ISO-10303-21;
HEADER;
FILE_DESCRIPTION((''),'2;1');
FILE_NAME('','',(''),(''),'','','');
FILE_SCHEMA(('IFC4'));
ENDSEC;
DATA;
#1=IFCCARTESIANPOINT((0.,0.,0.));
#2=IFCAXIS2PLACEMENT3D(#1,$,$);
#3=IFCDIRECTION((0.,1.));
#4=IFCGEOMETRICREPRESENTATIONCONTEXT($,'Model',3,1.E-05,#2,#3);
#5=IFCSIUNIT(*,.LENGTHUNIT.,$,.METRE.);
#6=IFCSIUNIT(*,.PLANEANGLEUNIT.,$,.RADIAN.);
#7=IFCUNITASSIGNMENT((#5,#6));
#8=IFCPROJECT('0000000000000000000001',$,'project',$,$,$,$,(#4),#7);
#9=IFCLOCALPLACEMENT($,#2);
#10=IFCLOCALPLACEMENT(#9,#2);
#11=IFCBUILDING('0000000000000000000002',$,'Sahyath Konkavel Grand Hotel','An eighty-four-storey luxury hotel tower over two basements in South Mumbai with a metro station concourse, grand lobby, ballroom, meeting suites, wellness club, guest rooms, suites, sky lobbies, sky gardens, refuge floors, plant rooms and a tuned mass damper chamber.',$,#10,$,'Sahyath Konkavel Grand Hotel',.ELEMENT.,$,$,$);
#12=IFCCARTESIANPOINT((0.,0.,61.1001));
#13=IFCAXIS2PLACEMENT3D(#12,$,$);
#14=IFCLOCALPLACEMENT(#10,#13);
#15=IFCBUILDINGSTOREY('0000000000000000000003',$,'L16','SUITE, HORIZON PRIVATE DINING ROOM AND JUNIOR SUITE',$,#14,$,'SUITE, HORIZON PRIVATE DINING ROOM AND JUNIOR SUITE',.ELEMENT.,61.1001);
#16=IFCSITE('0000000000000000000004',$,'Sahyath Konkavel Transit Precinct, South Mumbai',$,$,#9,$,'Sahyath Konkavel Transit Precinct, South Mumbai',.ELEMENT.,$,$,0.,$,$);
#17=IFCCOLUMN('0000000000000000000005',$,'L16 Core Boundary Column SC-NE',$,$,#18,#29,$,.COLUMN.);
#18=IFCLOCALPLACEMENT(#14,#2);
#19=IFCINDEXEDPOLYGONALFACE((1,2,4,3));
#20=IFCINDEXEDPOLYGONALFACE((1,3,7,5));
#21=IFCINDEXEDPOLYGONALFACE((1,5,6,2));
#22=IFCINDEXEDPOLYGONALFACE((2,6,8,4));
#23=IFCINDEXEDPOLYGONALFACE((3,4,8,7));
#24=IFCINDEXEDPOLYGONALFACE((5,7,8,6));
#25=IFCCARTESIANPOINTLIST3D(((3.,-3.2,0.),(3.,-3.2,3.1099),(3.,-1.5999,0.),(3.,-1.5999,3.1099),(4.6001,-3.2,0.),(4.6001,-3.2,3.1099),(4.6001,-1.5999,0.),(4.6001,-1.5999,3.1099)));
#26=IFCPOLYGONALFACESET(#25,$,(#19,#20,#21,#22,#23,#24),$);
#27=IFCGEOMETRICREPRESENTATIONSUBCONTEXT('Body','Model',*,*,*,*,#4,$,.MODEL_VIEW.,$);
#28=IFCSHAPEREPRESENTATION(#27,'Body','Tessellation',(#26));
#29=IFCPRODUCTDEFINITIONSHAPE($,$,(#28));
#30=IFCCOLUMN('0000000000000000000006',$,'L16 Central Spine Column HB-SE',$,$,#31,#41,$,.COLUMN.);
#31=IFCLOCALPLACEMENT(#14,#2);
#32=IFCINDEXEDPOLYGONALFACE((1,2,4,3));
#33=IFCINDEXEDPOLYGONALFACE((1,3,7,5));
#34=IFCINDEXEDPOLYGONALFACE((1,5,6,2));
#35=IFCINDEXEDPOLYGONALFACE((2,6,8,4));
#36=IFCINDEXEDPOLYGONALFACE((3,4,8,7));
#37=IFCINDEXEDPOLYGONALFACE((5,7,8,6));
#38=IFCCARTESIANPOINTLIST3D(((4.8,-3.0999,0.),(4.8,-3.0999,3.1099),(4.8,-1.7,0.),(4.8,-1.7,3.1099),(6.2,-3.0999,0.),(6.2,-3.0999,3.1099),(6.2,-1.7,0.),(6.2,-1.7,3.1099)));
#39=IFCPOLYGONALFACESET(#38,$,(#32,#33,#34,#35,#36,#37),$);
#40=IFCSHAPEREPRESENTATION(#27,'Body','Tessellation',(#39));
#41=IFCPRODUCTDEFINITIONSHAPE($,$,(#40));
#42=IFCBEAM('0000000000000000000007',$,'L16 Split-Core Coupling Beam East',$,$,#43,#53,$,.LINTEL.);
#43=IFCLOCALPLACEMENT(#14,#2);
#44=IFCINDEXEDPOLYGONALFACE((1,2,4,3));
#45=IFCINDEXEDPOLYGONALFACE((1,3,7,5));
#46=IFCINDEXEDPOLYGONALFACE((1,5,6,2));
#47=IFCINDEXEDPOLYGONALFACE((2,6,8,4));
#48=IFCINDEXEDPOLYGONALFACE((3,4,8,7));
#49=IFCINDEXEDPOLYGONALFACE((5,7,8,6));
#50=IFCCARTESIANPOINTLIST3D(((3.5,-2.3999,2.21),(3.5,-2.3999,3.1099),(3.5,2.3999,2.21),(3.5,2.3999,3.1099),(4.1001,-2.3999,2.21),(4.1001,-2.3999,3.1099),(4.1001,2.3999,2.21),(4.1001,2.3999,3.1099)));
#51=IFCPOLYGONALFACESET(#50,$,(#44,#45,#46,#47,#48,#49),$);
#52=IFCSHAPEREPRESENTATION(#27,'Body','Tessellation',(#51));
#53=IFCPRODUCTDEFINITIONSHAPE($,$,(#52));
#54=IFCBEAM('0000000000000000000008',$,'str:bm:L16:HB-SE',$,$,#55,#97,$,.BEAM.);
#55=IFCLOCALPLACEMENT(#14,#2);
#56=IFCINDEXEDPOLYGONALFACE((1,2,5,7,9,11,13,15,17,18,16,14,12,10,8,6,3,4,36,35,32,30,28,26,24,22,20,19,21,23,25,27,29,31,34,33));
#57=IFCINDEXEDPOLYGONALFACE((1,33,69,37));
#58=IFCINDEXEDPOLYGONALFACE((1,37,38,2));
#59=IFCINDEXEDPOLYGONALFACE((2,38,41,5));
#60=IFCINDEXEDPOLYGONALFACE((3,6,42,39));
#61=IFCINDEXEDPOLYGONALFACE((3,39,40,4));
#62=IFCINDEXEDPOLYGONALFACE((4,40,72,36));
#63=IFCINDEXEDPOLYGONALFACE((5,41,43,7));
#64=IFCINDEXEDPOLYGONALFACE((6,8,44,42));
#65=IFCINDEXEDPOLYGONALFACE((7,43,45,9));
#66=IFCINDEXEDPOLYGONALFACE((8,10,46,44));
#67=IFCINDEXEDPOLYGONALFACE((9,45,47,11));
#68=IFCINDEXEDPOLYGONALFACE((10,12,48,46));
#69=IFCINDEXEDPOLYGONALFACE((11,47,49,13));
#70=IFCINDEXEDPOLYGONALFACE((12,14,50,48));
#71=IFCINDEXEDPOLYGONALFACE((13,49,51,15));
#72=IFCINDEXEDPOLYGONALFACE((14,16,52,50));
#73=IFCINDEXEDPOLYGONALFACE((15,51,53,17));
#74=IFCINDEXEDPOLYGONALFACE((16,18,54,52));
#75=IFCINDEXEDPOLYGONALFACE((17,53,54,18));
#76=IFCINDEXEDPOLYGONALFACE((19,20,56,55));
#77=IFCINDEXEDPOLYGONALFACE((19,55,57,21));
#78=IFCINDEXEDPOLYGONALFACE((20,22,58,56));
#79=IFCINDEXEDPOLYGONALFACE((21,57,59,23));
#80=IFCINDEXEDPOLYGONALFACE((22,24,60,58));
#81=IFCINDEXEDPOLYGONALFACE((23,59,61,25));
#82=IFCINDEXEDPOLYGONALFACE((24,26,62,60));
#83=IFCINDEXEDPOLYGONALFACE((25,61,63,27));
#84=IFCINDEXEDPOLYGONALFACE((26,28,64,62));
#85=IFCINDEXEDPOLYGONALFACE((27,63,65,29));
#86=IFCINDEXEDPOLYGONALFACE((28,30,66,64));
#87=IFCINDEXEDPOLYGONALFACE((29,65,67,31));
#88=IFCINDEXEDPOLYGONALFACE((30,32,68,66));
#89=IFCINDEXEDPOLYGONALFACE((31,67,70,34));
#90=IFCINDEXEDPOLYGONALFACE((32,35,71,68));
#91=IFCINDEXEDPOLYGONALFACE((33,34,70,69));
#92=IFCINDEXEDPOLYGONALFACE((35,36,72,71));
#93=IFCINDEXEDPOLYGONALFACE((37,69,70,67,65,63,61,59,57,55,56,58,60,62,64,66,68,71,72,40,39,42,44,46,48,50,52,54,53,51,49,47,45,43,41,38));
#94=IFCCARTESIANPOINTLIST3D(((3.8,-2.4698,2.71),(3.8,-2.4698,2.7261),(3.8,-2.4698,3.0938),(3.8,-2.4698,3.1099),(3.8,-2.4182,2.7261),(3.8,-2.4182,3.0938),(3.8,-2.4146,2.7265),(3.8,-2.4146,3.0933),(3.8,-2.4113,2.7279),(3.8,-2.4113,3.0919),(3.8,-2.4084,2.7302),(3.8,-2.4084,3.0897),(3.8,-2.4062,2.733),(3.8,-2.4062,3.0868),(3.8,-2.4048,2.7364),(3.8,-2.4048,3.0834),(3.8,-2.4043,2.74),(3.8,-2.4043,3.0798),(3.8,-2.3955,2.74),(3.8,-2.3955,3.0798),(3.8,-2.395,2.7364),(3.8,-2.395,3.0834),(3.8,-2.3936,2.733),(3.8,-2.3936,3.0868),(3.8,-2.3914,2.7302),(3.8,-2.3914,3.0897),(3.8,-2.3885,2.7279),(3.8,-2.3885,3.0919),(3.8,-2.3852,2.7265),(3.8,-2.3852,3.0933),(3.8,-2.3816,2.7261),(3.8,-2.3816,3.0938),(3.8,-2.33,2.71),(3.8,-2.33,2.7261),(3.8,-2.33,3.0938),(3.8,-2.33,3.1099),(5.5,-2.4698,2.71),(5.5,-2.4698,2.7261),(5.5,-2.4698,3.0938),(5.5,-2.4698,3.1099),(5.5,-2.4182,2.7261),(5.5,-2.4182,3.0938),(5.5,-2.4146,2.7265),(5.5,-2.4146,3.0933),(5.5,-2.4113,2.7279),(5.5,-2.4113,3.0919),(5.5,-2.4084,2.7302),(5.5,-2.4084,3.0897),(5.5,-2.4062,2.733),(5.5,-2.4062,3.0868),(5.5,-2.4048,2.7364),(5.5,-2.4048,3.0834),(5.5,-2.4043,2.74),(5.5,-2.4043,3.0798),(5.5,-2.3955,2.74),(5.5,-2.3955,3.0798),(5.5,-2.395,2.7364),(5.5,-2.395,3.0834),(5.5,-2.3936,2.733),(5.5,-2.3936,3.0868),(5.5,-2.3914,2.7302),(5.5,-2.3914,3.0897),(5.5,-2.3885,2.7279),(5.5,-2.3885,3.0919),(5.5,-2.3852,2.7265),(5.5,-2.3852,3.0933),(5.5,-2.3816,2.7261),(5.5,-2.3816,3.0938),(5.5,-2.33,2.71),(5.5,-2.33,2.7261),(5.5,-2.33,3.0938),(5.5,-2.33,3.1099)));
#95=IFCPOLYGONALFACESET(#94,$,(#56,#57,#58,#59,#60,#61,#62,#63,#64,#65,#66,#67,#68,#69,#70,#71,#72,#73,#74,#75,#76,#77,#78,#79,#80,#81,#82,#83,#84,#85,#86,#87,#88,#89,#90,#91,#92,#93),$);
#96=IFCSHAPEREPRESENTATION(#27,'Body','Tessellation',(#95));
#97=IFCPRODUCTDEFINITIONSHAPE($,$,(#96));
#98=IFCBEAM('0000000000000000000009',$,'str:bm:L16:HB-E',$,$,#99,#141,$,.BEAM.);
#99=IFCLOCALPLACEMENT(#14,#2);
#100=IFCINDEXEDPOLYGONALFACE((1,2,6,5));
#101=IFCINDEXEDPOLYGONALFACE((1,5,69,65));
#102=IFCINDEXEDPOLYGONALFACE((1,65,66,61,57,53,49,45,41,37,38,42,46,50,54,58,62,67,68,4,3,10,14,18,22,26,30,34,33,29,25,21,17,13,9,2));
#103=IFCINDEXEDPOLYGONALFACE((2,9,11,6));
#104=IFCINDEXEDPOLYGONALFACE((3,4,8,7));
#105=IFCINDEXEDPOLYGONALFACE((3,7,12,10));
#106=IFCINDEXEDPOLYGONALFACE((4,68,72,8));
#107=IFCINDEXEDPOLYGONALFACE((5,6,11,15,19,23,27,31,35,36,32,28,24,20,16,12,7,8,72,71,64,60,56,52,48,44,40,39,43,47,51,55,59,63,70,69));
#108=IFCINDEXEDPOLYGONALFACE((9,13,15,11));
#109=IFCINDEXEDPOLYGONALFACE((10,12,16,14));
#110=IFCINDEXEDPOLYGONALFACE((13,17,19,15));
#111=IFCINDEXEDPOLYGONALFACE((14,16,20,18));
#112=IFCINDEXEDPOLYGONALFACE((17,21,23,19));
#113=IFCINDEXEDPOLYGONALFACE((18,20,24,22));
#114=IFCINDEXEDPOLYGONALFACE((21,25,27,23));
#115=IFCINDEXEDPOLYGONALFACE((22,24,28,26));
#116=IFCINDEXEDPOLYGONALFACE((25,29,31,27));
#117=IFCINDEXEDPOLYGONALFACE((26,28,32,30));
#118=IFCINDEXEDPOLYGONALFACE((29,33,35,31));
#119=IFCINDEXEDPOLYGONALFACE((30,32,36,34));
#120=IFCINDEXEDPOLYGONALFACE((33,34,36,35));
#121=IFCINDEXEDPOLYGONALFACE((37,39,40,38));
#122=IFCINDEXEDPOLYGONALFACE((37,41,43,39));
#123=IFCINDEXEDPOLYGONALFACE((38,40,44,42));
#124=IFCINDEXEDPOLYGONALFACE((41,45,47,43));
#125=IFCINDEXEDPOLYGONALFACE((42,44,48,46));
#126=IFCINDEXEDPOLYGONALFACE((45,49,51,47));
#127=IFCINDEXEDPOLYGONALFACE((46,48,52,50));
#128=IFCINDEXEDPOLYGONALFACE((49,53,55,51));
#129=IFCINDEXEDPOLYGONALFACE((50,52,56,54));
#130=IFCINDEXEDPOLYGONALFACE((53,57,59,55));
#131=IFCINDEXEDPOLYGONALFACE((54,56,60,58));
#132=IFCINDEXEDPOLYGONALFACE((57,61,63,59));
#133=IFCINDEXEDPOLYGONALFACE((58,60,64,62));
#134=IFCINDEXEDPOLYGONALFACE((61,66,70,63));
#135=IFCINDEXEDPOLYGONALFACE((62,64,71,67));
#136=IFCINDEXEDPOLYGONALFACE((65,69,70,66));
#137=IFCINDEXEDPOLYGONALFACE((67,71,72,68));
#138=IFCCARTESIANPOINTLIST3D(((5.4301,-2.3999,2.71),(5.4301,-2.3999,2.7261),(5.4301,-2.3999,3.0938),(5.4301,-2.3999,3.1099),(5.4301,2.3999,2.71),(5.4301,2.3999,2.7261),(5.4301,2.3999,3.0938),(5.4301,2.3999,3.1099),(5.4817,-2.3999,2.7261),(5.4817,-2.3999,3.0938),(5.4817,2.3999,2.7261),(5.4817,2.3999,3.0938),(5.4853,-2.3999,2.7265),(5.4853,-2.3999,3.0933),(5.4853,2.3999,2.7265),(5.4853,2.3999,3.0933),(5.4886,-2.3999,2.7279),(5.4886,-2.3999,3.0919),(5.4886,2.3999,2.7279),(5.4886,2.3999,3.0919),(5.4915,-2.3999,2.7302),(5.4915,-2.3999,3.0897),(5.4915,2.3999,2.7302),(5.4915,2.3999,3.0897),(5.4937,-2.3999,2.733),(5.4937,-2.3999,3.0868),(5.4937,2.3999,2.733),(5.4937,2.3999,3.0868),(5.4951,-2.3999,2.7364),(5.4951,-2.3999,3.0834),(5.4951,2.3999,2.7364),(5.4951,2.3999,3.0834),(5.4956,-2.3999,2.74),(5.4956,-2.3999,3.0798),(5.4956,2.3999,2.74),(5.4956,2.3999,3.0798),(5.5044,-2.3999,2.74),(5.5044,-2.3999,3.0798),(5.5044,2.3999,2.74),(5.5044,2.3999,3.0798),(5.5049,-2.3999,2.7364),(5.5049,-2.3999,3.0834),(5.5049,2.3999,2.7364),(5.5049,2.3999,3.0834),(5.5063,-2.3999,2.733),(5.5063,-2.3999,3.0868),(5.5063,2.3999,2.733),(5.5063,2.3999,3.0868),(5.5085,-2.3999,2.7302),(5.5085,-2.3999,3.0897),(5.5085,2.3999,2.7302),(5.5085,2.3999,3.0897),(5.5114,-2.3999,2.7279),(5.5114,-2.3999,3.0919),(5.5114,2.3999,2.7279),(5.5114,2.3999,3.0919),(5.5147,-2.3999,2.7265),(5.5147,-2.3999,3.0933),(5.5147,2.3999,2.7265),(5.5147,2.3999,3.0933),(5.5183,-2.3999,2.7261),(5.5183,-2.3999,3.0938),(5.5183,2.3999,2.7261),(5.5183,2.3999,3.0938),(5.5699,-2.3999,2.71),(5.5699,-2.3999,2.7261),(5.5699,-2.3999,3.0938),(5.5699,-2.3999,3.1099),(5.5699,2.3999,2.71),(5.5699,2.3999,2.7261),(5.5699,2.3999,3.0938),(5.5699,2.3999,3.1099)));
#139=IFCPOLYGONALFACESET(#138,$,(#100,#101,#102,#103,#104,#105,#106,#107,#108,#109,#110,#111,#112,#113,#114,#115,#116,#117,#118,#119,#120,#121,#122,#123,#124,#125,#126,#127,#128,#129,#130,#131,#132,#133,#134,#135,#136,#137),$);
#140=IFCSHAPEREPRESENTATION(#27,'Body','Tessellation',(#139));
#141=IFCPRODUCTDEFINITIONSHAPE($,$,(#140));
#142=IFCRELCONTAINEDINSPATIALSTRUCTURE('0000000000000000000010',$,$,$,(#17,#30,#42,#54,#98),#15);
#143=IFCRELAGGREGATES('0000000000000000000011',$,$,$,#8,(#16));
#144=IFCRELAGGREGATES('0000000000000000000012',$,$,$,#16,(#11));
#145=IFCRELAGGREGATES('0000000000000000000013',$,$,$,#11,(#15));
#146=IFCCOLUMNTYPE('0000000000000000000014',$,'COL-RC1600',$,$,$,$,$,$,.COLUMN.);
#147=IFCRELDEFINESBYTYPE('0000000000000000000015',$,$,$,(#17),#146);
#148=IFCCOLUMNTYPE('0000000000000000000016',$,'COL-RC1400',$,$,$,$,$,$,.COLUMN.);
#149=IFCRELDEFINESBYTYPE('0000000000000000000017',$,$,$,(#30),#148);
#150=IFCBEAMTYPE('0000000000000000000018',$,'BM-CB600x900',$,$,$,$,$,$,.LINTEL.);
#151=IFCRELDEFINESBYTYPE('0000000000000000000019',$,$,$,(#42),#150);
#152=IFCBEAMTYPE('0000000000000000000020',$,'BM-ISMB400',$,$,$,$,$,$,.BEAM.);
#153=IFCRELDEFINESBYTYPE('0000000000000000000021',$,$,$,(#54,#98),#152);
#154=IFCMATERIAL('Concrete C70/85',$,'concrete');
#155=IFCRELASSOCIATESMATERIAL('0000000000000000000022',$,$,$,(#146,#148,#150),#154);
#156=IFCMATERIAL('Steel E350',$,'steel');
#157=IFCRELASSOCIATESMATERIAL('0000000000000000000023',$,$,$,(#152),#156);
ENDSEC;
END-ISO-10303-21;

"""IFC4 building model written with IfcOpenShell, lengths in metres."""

from ifc_helpers import new_model, si_unit, direction, frame, origin, origin_2d, place, context, subcontext, project, spatial, rectangle, i_section, extrude, source, transform, mapped, material, material_profile, profile_set, type_object, element, save


model = new_model("IFC4")

# Units and contexts
model_context = context("Model", 3, precision=1e-05, world=origin(), true_north=direction((0.0, 1.0)))
body_context = subcontext(model_context, "Body", "Model", "MODEL_VIEW")
ifc_project = project(units=[si_unit("LENGTHUNIT", "METRE"), si_unit("PLANEANGLEUNIT", "RADIAN")], contexts=[model_context])

# Site, building, storey
site_placement = place(None, origin())
site = spatial("IfcSite", under=ifc_project, at=site_placement, Name="Sahyath Konkavel Transit Precinct, South Mumbai", LongName="Sahyath Konkavel Transit Precinct, South Mumbai", CompositionType="ELEMENT", RefElevation=0.0)
building_placement = place(site_placement, origin())
building = spatial("IfcBuilding", under=site, at=building_placement, Name="Sahyath Konkavel Grand Hotel", Description="An eighty-four-storey luxury hotel tower over two basements in South Mumbai with a metro station concourse, grand lobby, ballroom, meeting suites, wellness club, guest rooms, suites, sky lobbies, sky gardens, refuge floors, plant rooms and a tuned mass damper chamber.", LongName="Sahyath Konkavel Grand Hotel", CompositionType="ELEMENT")
storey_placement = place(building_placement, frame((0.0, 0.0, 61.1001)))
storey = spatial("IfcBuildingStorey", under=building, at=storey_placement, Name="L16", Description="SUITE, HORIZON PRIVATE DINING ROOM AND JUNIOR SUITE", LongName="SUITE, HORIZON PRIVATE DINING ROOM AND JUNIOR SUITE", CompositionType="ELEMENT", Elevation=61.1001)

# Columns
ifc_material_1 = material(Name="Concrete C70/85", Category="concrete")
ifc_material_profile_1 = material_profile(ifc_material_1, rectangle(XDim=1.6001, YDim=1.6001, at=origin_2d()), Name="RC 1600x1600")
ifc_profile_set_1 = profile_set([ifc_material_profile_1], Name="Concrete C70/85")
column_type_1 = type_object("IfcColumnType", Name="COL-RC1600", PredefinedType="COLUMN", material=ifc_profile_set_1)
shared_shape_1 = source(origin(), body_context, "Body", "SweptSolid", [
    extrude(rectangle(XDim=1.6001, YDim=1.6001, at=origin_2d()), origin(), (0.0, 0.0, 1.0), 3.1099),
])
column_1_placement = place(storey_placement, frame((3.8, -2.3999, 0.0), z_axis=(0.0, 0.0, 1.0), x_axis=(1.0, 0.0, 0.0)))
element("IfcColumn", 1, at=column_1_placement, inside=storey, type_object=column_type_1, Name="L16 Core Boundary Column SC-NE", PredefinedType="COLUMN", context=body_context, shape_type="MappedRepresentation", body=[
    mapped(shared_shape_1, transform((0.0, 0.0, 0.0), scale=1.0)),
])
ifc_material_profile_2 = material_profile(ifc_material_1, rectangle(XDim=1.3999, YDim=1.3999, at=origin_2d()), Name="RC 1400x1400")
ifc_profile_set_2 = profile_set([ifc_material_profile_2], Name="Concrete C70/85")
column_type_2 = type_object("IfcColumnType", Name="COL-RC1400", PredefinedType="COLUMN", material=ifc_profile_set_2)
shared_shape_2 = source(origin(), body_context, "Body", "SweptSolid", [
    extrude(rectangle(XDim=1.3999, YDim=1.3999, at=origin_2d()), origin(), (0.0, 0.0, 1.0), 3.1099),
])
column_2_placement = place(storey_placement, frame((5.5, -2.3999, 0.0), z_axis=(0.0, 0.0, 1.0), x_axis=(1.0, 0.0, 0.0)))
element("IfcColumn", 2, at=column_2_placement, inside=storey, type_object=column_type_2, Name="L16 Central Spine Column HB-SE", PredefinedType="COLUMN", context=body_context, shape_type="MappedRepresentation", body=[
    mapped(shared_shape_2, transform((0.0, 0.0, 0.0), scale=1.0)),
])

# Beams
ifc_material_profile_3 = material_profile(ifc_material_1, rectangle(XDim=0.6001, YDim=0.8999, at=origin_2d()), Name="RC 600x900")
ifc_profile_set_3 = profile_set([ifc_material_profile_3], Name="Concrete C70/85")
beam_type_1 = type_object("IfcBeamType", Name="BM-CB600x900", PredefinedType="LINTEL", material=ifc_profile_set_3)
shared_shape_3 = source(origin(), body_context, "Body", "SweptSolid", [
    extrude(rectangle(XDim=0.6001, YDim=0.8999, at=origin_2d()), origin(), (0.0, 0.0, 1.0), 4.7998),
])
beam_1_placement = place(storey_placement, frame((3.8, -2.3999, 2.6599), z_axis=(0.0, 1.0, 0.0), x_axis=(-1.0, 0.0, 0.0)))
element("IfcBeam", 3, at=beam_1_placement, inside=storey, type_object=beam_type_1, Name="L16 Split-Core Coupling Beam East", PredefinedType="LINTEL", context=body_context, shape_type="MappedRepresentation", body=[
    mapped(shared_shape_3, transform((0.0, 0.0, 0.0), scale=1.0)),
])
ifc_material_2 = material(Name="Steel E350", Category="steel")
ifc_material_profile_4 = material_profile(ifc_material_2, i_section(OverallWidth=0.1399, OverallDepth=0.3999, WebThickness=0.0088, FlangeThickness=0.0161, FilletRadius=0.0139, at=origin_2d()), Name="ISMB 400")
ifc_profile_set_4 = profile_set([ifc_material_profile_4], Name="Steel E350")
beam_type_2 = type_object("IfcBeamType", Name="BM-ISMB400", PredefinedType="BEAM", material=ifc_profile_set_4)
shared_shape_4 = source(origin(), body_context, "Body", "SweptSolid", [
    extrude(i_section(OverallWidth=0.1399, OverallDepth=0.3999, WebThickness=0.0088, FlangeThickness=0.0161, FilletRadius=0.0139, at=origin_2d()), origin(), (0.0, 0.0, 1.0), 1.7),
])
beam_2_placement = place(storey_placement, frame((3.8, -2.3999, 2.9099), z_axis=(1.0, 0.0, 0.0), x_axis=(0.0, 1.0, 0.0)))
element("IfcBeam", 4, at=beam_2_placement, inside=storey, type_object=beam_type_2, Name="str:bm:L16:HB-SE", PredefinedType="BEAM", context=body_context, shape_type="MappedRepresentation", body=[
    mapped(shared_shape_4, transform((0.0, 0.0, 0.0), scale=1.0)),
])
shared_shape_5 = source(origin(), body_context, "Body", "SweptSolid", [
    extrude(i_section(OverallWidth=0.1399, OverallDepth=0.3999, WebThickness=0.0088, FlangeThickness=0.0161, FilletRadius=0.0139, at=origin_2d()), origin(), (0.0, 0.0, 1.0), 4.7998),
])
beam_3_placement = place(storey_placement, frame((5.5, -2.3999, 2.9099), z_axis=(0.0, 1.0, 0.0), x_axis=(-1.0, 0.0, 0.0)))
element("IfcBeam", 5, at=beam_3_placement, inside=storey, type_object=beam_type_2, Name="str:bm:L16:HB-E", PredefinedType="BEAM", context=body_context, shape_type="MappedRepresentation", body=[
    mapped(shared_shape_5, transform((0.0, 0.0, 0.0), scale=1.0)),
])

save(model, "model.ifc")
